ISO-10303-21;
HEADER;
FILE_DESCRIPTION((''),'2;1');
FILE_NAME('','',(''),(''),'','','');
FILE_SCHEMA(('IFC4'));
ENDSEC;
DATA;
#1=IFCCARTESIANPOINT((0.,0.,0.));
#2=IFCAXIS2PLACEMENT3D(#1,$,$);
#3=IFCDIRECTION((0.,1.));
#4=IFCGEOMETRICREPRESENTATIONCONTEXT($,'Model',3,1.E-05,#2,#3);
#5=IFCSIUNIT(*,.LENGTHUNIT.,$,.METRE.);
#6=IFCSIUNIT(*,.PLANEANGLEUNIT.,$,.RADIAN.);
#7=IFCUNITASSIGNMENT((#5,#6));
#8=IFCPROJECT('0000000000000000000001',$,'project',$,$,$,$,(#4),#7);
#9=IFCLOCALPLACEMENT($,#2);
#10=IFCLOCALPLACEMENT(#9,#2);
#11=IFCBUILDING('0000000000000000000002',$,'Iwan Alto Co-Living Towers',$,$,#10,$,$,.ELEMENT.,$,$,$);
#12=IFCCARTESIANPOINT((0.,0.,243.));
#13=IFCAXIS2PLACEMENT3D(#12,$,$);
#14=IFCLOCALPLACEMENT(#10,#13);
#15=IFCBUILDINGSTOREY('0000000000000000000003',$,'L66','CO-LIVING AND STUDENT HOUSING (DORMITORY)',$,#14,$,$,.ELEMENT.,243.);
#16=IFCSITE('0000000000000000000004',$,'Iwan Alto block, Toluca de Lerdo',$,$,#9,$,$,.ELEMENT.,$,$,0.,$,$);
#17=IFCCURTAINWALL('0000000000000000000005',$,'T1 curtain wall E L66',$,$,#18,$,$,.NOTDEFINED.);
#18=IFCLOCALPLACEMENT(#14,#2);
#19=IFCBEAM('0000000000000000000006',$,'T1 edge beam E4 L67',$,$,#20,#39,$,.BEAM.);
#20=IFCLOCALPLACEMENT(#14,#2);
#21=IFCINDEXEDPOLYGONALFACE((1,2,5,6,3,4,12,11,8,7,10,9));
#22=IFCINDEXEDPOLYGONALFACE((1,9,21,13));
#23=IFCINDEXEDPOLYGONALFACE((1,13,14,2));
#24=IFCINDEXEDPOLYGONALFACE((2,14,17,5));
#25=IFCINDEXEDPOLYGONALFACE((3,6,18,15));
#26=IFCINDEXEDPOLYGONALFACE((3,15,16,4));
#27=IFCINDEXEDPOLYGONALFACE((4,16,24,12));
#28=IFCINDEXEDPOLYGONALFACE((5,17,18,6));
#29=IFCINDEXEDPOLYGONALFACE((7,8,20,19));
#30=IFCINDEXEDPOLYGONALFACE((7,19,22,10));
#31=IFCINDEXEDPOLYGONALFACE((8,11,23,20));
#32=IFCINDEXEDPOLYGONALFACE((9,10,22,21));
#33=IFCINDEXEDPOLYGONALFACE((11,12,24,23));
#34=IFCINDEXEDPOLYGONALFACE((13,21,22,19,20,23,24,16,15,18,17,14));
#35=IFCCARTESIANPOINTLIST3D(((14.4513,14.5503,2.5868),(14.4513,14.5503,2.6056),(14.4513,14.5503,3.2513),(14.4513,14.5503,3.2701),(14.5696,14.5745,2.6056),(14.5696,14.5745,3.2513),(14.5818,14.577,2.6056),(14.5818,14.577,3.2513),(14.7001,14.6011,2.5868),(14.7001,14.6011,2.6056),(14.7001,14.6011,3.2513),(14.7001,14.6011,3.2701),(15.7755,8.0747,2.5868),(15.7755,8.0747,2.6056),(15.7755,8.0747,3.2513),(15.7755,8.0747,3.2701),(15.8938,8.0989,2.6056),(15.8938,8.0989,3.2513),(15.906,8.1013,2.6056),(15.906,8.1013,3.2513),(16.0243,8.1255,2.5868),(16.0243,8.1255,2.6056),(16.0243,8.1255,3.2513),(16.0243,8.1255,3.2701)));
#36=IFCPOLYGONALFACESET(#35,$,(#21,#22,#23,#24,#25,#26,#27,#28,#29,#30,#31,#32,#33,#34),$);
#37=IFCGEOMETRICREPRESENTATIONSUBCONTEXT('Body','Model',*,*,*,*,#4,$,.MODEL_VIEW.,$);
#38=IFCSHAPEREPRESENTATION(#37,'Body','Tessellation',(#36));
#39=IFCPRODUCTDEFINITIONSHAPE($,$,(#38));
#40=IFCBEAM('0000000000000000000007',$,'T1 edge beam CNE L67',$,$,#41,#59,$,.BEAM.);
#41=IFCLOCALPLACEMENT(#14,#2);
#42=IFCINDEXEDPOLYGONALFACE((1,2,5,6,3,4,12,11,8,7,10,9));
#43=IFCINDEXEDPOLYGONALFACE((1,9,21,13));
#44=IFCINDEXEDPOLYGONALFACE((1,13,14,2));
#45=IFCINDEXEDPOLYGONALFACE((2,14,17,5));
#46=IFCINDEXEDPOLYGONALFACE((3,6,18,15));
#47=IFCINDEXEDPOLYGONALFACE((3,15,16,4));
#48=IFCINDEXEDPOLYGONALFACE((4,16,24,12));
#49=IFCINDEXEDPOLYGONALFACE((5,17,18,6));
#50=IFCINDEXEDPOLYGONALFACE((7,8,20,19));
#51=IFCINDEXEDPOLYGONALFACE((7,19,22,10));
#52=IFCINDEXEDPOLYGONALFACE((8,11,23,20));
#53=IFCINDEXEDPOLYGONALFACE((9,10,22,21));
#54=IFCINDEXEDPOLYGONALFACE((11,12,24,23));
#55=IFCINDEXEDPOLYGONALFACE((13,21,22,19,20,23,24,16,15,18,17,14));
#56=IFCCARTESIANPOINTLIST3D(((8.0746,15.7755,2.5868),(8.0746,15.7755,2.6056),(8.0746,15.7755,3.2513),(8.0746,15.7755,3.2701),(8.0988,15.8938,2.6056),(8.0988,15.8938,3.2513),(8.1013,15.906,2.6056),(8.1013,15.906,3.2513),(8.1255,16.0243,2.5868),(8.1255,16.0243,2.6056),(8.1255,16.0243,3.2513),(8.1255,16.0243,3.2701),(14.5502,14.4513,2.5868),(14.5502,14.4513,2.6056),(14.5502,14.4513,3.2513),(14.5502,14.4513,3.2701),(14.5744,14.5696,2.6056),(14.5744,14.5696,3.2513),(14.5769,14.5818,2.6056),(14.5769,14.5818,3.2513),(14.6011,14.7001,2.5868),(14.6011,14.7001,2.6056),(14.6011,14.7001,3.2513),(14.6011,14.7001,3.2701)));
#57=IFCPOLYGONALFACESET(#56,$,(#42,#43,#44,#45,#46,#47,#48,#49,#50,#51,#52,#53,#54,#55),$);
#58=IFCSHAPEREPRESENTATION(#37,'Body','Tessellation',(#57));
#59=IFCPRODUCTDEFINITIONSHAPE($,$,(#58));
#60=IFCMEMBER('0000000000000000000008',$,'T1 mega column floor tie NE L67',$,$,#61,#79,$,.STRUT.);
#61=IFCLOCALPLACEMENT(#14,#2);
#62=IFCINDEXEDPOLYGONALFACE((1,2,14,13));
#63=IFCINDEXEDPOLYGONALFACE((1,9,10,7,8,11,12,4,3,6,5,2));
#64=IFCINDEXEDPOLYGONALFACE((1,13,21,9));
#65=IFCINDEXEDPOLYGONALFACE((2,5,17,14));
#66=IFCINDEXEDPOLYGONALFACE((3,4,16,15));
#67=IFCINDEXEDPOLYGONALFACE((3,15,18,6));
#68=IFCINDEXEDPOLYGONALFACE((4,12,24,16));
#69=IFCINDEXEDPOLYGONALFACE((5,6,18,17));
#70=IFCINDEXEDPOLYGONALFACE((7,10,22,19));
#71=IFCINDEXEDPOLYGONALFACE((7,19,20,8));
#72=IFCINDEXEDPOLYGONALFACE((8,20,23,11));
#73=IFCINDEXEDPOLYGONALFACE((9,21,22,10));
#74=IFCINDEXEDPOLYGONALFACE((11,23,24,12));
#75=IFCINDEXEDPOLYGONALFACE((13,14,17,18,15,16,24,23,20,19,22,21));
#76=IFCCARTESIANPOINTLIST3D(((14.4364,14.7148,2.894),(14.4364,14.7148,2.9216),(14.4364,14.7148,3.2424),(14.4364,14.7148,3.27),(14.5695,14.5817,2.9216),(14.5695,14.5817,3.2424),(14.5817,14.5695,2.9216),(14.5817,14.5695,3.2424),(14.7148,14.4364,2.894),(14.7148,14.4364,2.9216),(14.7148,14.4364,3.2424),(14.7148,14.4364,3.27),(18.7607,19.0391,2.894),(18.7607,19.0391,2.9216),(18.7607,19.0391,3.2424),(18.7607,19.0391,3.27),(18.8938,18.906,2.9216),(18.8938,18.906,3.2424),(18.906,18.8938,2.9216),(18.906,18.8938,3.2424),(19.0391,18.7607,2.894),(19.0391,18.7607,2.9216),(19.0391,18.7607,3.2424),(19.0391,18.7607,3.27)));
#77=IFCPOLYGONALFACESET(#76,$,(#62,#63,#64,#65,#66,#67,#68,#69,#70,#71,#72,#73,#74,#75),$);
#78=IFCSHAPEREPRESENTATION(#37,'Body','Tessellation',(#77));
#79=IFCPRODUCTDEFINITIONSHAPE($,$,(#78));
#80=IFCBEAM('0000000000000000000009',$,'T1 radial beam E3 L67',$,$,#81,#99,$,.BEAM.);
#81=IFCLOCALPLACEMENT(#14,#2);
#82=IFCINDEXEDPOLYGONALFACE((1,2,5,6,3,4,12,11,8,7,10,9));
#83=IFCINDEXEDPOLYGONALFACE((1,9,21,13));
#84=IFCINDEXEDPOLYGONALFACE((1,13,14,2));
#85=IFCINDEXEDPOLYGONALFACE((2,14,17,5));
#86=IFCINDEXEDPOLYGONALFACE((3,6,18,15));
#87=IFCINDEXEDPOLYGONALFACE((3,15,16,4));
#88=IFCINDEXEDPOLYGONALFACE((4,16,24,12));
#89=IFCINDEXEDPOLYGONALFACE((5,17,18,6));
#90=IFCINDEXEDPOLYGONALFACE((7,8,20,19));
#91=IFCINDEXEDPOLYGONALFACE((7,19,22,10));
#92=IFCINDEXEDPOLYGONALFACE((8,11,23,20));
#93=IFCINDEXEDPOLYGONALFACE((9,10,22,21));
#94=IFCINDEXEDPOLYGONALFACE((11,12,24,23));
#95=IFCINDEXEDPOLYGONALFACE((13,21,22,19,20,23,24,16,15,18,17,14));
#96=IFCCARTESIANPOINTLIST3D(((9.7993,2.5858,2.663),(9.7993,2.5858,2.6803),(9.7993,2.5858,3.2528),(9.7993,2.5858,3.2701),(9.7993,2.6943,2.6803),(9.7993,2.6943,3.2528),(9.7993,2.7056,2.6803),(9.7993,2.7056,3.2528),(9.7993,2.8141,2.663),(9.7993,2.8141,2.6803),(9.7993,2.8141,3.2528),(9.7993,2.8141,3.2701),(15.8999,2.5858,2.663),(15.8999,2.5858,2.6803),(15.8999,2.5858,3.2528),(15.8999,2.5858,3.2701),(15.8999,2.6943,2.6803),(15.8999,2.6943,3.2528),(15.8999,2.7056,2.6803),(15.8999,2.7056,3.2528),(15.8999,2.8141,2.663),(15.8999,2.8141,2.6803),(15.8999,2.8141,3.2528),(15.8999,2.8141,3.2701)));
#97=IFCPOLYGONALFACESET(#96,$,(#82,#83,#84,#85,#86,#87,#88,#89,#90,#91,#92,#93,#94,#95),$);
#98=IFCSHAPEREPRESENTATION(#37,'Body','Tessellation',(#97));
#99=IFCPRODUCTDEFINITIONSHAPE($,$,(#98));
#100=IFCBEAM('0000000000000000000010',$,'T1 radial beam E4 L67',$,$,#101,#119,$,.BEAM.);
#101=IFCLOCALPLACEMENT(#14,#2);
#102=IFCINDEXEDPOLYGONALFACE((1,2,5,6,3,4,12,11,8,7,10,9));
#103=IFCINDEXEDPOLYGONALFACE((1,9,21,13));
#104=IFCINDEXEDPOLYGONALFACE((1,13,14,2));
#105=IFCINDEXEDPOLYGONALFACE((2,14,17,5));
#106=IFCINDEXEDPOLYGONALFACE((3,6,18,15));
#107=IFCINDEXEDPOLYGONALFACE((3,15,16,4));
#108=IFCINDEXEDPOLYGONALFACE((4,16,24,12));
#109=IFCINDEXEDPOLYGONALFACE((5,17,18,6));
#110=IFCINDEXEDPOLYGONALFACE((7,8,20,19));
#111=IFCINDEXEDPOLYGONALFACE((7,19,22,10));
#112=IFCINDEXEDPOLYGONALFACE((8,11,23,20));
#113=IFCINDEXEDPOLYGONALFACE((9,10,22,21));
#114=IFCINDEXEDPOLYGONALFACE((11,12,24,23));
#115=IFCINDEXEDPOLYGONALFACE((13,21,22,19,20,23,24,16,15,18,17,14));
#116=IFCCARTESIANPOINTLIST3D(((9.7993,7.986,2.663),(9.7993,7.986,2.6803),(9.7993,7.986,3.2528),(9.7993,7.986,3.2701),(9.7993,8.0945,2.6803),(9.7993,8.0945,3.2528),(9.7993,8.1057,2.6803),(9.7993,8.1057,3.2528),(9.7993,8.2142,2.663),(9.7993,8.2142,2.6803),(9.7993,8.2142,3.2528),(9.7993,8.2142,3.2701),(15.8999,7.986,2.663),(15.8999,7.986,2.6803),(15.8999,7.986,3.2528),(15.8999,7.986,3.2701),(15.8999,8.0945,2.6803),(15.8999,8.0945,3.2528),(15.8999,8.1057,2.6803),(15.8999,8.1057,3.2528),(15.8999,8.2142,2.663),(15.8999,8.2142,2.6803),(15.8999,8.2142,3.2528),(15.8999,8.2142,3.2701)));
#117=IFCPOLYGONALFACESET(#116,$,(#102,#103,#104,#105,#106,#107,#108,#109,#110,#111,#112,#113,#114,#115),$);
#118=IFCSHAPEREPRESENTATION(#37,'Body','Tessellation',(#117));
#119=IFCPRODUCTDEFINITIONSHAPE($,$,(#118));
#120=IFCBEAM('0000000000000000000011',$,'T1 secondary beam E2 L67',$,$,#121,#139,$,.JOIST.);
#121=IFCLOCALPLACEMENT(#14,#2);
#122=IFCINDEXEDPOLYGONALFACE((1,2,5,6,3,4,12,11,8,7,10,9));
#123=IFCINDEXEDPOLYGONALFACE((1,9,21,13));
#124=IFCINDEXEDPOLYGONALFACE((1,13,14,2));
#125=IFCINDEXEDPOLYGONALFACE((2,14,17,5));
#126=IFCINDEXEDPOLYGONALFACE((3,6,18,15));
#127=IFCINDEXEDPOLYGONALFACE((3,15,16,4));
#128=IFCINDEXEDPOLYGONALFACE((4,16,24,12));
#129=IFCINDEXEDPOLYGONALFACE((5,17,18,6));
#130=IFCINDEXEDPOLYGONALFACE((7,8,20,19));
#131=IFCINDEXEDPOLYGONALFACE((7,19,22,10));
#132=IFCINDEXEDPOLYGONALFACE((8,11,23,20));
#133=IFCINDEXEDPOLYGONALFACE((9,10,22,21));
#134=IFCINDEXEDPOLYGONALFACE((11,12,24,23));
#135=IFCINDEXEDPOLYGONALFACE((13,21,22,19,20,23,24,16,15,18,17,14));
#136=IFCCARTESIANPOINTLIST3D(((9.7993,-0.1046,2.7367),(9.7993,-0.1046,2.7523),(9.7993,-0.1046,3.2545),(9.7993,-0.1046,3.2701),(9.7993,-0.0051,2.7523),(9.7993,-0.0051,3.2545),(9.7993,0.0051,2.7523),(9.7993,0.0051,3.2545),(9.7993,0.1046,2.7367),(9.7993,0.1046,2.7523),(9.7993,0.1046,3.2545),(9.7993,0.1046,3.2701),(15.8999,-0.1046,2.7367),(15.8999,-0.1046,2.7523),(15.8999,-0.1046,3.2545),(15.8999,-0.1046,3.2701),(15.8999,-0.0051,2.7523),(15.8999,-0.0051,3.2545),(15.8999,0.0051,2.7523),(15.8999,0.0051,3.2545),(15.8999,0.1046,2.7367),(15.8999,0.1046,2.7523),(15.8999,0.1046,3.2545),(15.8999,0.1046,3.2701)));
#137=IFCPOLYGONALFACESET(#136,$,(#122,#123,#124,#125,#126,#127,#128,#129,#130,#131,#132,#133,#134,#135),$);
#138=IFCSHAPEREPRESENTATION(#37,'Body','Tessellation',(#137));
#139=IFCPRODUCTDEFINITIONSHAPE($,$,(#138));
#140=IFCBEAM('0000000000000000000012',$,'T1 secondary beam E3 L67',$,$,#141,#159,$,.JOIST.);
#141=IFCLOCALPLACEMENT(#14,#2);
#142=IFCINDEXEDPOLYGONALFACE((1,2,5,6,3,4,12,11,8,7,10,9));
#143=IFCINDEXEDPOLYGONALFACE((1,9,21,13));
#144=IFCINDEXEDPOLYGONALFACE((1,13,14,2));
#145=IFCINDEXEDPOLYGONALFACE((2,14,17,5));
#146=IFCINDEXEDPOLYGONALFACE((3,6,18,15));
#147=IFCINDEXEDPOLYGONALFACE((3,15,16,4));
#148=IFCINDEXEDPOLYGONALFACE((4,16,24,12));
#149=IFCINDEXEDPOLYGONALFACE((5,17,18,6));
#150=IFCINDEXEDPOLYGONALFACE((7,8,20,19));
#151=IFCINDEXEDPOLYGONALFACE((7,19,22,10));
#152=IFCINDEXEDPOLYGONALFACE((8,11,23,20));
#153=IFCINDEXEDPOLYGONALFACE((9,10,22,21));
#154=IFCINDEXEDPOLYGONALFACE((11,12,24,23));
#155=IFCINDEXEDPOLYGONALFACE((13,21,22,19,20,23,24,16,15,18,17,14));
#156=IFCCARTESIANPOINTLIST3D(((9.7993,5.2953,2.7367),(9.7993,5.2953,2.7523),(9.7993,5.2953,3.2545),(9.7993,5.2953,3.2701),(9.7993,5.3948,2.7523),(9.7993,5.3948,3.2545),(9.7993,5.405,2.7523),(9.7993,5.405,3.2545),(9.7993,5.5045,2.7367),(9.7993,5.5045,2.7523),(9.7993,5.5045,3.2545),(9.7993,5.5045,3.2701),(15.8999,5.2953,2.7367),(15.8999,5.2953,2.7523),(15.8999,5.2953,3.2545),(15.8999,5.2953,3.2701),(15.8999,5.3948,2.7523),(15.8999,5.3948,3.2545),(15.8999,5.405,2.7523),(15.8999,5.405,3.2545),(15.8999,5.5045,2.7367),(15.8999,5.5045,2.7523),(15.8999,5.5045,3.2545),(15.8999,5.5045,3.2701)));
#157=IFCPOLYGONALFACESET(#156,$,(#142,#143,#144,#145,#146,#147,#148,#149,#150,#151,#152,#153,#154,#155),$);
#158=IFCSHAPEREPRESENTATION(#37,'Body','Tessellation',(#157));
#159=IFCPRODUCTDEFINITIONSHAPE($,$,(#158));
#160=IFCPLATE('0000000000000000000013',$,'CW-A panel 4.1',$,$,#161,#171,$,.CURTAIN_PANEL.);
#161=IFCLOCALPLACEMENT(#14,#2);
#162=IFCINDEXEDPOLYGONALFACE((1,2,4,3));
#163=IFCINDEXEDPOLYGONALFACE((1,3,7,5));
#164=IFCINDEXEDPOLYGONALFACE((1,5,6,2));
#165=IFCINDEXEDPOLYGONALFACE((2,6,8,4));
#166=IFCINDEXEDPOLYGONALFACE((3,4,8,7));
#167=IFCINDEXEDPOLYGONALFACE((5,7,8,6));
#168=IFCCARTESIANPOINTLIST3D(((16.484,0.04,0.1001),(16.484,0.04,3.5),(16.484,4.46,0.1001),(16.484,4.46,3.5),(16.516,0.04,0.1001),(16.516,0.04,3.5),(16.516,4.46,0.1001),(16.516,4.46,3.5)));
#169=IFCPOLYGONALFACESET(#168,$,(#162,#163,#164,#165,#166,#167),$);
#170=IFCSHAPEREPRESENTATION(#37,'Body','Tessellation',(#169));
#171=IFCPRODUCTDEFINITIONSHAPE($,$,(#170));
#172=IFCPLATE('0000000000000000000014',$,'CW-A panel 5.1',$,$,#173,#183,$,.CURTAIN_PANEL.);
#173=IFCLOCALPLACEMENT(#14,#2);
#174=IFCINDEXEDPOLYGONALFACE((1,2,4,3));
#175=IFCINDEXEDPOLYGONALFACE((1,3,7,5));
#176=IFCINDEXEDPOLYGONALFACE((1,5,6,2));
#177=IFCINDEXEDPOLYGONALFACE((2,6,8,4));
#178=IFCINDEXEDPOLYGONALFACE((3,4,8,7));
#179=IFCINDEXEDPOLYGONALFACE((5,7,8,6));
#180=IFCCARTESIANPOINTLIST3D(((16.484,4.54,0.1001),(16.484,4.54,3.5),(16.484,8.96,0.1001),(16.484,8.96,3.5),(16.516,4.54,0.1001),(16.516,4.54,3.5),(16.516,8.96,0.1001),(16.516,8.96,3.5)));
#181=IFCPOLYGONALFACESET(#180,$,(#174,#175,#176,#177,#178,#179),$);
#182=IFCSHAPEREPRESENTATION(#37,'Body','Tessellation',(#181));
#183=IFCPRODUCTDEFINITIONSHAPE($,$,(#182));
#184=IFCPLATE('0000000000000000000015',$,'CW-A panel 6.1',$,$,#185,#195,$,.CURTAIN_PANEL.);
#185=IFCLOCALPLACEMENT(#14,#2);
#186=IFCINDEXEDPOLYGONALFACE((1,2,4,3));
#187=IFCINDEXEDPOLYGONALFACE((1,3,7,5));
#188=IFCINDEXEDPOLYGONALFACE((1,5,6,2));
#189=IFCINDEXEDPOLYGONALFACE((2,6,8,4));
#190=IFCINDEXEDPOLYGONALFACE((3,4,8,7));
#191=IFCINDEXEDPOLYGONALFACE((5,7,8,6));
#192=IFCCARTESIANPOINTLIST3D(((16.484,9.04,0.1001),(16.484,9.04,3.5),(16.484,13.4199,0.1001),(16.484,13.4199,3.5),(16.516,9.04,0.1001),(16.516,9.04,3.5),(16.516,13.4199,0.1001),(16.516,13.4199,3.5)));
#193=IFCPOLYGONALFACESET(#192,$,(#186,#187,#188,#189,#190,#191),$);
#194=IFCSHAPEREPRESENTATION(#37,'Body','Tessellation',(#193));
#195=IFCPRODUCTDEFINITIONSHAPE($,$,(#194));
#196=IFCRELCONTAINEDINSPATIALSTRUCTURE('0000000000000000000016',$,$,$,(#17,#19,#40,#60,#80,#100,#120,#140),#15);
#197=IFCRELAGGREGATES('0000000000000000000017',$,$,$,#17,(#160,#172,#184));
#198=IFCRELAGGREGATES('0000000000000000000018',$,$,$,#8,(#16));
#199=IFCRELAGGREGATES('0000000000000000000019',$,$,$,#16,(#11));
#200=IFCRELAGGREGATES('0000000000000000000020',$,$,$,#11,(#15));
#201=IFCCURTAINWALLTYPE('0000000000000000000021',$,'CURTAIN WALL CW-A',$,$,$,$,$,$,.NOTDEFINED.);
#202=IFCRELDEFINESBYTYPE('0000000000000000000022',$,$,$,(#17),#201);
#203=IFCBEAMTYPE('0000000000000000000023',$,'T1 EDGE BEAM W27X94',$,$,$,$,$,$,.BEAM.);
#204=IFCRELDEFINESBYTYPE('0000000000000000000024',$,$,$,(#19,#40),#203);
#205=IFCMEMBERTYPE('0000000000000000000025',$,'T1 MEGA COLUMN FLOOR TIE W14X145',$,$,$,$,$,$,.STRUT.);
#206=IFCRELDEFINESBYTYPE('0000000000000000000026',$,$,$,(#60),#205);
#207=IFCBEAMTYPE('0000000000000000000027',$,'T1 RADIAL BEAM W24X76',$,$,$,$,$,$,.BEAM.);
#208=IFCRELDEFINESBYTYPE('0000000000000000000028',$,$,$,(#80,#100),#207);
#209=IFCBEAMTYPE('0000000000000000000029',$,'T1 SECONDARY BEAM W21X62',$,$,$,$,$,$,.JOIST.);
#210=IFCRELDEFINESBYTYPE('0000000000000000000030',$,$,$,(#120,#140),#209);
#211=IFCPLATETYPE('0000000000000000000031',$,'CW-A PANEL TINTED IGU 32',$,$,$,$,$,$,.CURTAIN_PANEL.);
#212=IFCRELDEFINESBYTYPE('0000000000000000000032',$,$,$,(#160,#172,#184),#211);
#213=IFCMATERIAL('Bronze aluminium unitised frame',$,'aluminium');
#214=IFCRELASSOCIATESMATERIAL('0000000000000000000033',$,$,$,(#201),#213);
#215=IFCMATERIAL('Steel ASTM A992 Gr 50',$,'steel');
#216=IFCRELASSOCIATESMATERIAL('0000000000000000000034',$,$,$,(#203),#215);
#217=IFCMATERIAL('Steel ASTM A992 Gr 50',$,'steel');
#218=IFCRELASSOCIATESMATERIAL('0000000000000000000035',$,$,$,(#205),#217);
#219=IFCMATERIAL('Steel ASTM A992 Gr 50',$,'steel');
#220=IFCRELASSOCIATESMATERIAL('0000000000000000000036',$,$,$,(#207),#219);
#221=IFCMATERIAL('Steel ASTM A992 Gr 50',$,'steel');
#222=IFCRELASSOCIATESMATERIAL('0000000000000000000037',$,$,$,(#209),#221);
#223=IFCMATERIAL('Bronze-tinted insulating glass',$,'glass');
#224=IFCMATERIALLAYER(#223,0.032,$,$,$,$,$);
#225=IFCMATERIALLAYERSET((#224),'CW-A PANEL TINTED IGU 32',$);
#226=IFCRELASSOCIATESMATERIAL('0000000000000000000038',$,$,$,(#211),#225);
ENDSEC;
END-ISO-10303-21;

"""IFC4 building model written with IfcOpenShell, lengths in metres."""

from ifc_helpers import new_model, si_unit, direction, frame, origin, origin_2d, place, context, subcontext, project, spatial, rectangle, i_section, extrude, material, layer, layer_set, material_profile, profile_set, type_object, element, aggregate, save


model = new_model("IFC4")

# Units and contexts
model_context = context("Model", 3, precision=1e-05, world=origin(), true_north=direction((0.0, 1.0)))
body_context = subcontext(model_context, "Body", "Model", "MODEL_VIEW")
ifc_project = project(units=[si_unit("LENGTHUNIT", "METRE"), si_unit("PLANEANGLEUNIT", "RADIAN")], contexts=[model_context])

# Site, building, storey
site_placement = place(None, origin())
site = spatial("IfcSite", under=ifc_project, at=site_placement, Name="Iwan Alto block, Toluca de Lerdo", CompositionType="ELEMENT", RefElevation=0.0)
building_placement = place(site_placement, origin())
building = spatial("IfcBuilding", under=site, at=building_placement, Name="Iwan Alto Co-Living Towers", CompositionType="ELEMENT")
storey_placement = place(building_placement, frame((0.0, 0.0, 243.0)))
storey = spatial("IfcBuildingStorey", under=building, at=storey_placement, Name="L66", Description="CO-LIVING AND STUDENT HOUSING (DORMITORY)", CompositionType="ELEMENT", Elevation=243.0)

# Curtain wall
ifc_material_1 = material(Name="Bronze aluminium unitised frame", Category="aluminium")
curtain_wall_type_1 = type_object("IfcCurtainWallType", Name="CURTAIN WALL CW-A", PredefinedType="NOTDEFINED", material=ifc_material_1)
curtain_wall_1_placement = place(storey_placement, origin())
curtain_wall_1 = element("IfcCurtainWall", 1, at=curtain_wall_1_placement, inside=storey, type_object=curtain_wall_type_1, Name="T1 curtain wall E L66", PredefinedType="NOTDEFINED")

# Beams
ifc_material_2 = material(Name="Steel ASTM A992 Gr 50", Category="steel")
ifc_material_profile_1 = material_profile(ifc_material_2, i_section(OverallWidth=0.2539, OverallDepth=0.6833, WebThickness=0.0125, FlangeThickness=0.0188, at=origin_2d()), Name="W27X94")
ifc_profile_set_1 = profile_set([ifc_material_profile_1], Name="Steel ASTM A992 Gr 50")
beam_type_1 = type_object("IfcBeamType", Name="T1 EDGE BEAM W27X94", PredefinedType="BEAM", material=ifc_profile_set_1)
for number, where, z_axis, x_axis, name in (
    (2, (15.8999, 8.1001, 2.9285), (-0.200348, 0.979725, 0.0), (-0.979725, -0.200348, 0.0), "T1 edge beam E4 L67"),
    (3, (14.5757, 14.5757, 2.9285), (-0.979725, 0.200348, 0.0), (-0.200348, -0.979725, 0.0), "T1 edge beam CNE L67"),
):
    element("IfcBeam", number, at=place(storey_placement, frame(where, z_axis=z_axis, x_axis=x_axis)), inside=storey, type_object=beam_type_1, Name=name, PredefinedType="BEAM", context=body_context, shape_type="SweptSolid", body=[
        extrude(i_section(OverallWidth=0.2539, OverallDepth=0.6833, WebThickness=0.0125, FlangeThickness=0.0188, at=origin_2d()), origin(), (0.0, 0.0, 1.0), 6.6096),
    ])

# Member
ifc_material_3 = material(Name="Steel ASTM A992 Gr 50", Category="steel")
ifc_material_profile_2 = material_profile(ifc_material_3, i_section(OverallWidth=0.3938, OverallDepth=0.376, WebThickness=0.0173, FlangeThickness=0.0276, at=origin_2d()), Name="W14X145")
ifc_profile_set_2 = profile_set([ifc_material_profile_2], Name="Steel ASTM A992 Gr 50")
member_type_1 = type_object("IfcMemberType", Name="T1 MEGA COLUMN FLOOR TIE W14X145", PredefinedType="STRUT", material=ifc_profile_set_2)
member_1_placement = place(storey_placement, frame((18.8999, 18.8999, 3.082), z_axis=(-0.707107, -0.707107, 0.0), x_axis=(0.707107, -0.707107, 0.0)))
element("IfcMember", 4, at=member_1_placement, inside=storey, type_object=member_type_1, Name="T1 mega column floor tie NE L67", PredefinedType="STRUT", context=body_context, shape_type="SweptSolid", body=[
    extrude(i_section(OverallWidth=0.3938, OverallDepth=0.376, WebThickness=0.0173, FlangeThickness=0.0276, at=origin_2d()), origin(), (0.0, 0.0, 1.0), 6.1155),
])

# Beams
ifc_material_4 = material(Name="Steel ASTM A992 Gr 50", Category="steel")
ifc_material_profile_3 = material_profile(ifc_material_4, i_section(OverallWidth=0.2283, OverallDepth=0.6072, WebThickness=0.0112, FlangeThickness=0.0173, at=origin_2d()), Name="W24X76")
ifc_profile_set_3 = profile_set([ifc_material_profile_3], Name="Steel ASTM A992 Gr 50")
beam_type_2 = type_object("IfcBeamType", Name="T1 RADIAL BEAM W24X76", PredefinedType="BEAM", material=ifc_profile_set_3)
for number, where, z_axis, x_axis, name in (
    (5, (15.8999, 2.7, 2.9666), (-1.0, 0.0, 0.0), (0.0, -1.0, 0.0), "T1 radial beam E3 L67"),
    (6, (15.8999, 8.1001, 2.9666), (-1.0, 0.0, 0.0), (0.0, -1.0, 0.0), "T1 radial beam E4 L67"),
):
    element("IfcBeam", number, at=place(storey_placement, frame(where, z_axis=z_axis, x_axis=x_axis)), inside=storey, type_object=beam_type_2, Name=name, PredefinedType="BEAM", context=body_context, shape_type="SweptSolid", body=[
        extrude(i_section(OverallWidth=0.2283, OverallDepth=0.6072, WebThickness=0.0112, FlangeThickness=0.0173, at=origin_2d()), origin(), (0.0, 0.0, 1.0), 6.1006),
    ])
ifc_material_5 = material(Name="Steel ASTM A992 Gr 50", Category="steel")
ifc_material_profile_4 = material_profile(ifc_material_5, i_section(OverallWidth=0.2092, OverallDepth=0.5334, WebThickness=0.0103, FlangeThickness=0.0156, at=origin_2d()), Name="W21X62")
ifc_profile_set_4 = profile_set([ifc_material_profile_4], Name="Steel ASTM A992 Gr 50")
beam_type_3 = type_object("IfcBeamType", Name="T1 SECONDARY BEAM W21X62", PredefinedType="JOIST", material=ifc_profile_set_4)
for number, where, z_axis, x_axis, name in (
    (7, (15.8999, 0.0, 3.0034), (-1.0, 0.0, 0.0), (0.0, -1.0, 0.0), "T1 secondary beam E2 L67"),
    (8, (15.8999, 5.3999, 3.0034), (-1.0, 0.0, 0.0), (0.0, -1.0, 0.0), "T1 secondary beam E3 L67"),
):
    element("IfcBeam", number, at=place(storey_placement, frame(where, z_axis=z_axis, x_axis=x_axis)), inside=storey, type_object=beam_type_3, Name=name, PredefinedType="JOIST", context=body_context, shape_type="SweptSolid", body=[
        extrude(i_section(OverallWidth=0.2092, OverallDepth=0.5334, WebThickness=0.0103, FlangeThickness=0.0156, at=origin_2d()), origin(), (0.0, 0.0, 1.0), 6.1006),
    ])

# Plates
ifc_material_6 = material(Name="Bronze-tinted insulating glass", Category="glass")
ifc_layer_1 = layer(ifc_material_6, 0.032)
ifc_layer_set_1 = layer_set([ifc_layer_1], Name="CW-A PANEL TINTED IGU 32")
plate_type_1 = type_object("IfcPlateType", Name="CW-A PANEL TINTED IGU 32", PredefinedType="CURTAIN_PANEL", material=ifc_layer_set_1)
plate_1_placement = place(storey_placement, frame((16.5, 2.25, 0.1001), z_axis=(0.0, 0.0, 1.0), x_axis=(0.0, 1.0, 0.0)))
plate_1 = element("IfcPlate", 9, at=plate_1_placement, type_object=plate_type_1, Name="CW-A panel 4.1", PredefinedType="CURTAIN_PANEL", context=body_context, shape_type="SweptSolid", body=[
    extrude(rectangle(XDim=4.4199, YDim=0.032, at=origin_2d()), origin(), (0.0, 0.0, 1.0), 3.3999),
])
plate_2_placement = place(storey_placement, frame((16.5, 6.75, 0.1001), z_axis=(0.0, 0.0, 1.0), x_axis=(0.0, 1.0, 0.0)))
plate_2 = element("IfcPlate", 10, at=plate_2_placement, type_object=plate_type_1, Name="CW-A panel 5.1", PredefinedType="CURTAIN_PANEL", context=body_context, shape_type="SweptSolid", body=[
    extrude(rectangle(XDim=4.4199, YDim=0.032, at=origin_2d()), origin(), (0.0, 0.0, 1.0), 3.3999),
])
plate_3_placement = place(storey_placement, frame((16.5, 11.23, 0.1001), z_axis=(0.0, 0.0, 1.0), x_axis=(0.0, 1.0, 0.0)))
plate_3 = element("IfcPlate", 11, at=plate_3_placement, type_object=plate_type_1, Name="CW-A panel 6.1", PredefinedType="CURTAIN_PANEL", context=body_context, shape_type="SweptSolid", body=[
    extrude(rectangle(XDim=4.3799, YDim=0.032, at=origin_2d()), origin(), (0.0, 0.0, 1.0), 3.3999),
])
aggregate(curtain_wall_1, [plate_1, plate_2, plate_3])

save(model, "model.ifc")
